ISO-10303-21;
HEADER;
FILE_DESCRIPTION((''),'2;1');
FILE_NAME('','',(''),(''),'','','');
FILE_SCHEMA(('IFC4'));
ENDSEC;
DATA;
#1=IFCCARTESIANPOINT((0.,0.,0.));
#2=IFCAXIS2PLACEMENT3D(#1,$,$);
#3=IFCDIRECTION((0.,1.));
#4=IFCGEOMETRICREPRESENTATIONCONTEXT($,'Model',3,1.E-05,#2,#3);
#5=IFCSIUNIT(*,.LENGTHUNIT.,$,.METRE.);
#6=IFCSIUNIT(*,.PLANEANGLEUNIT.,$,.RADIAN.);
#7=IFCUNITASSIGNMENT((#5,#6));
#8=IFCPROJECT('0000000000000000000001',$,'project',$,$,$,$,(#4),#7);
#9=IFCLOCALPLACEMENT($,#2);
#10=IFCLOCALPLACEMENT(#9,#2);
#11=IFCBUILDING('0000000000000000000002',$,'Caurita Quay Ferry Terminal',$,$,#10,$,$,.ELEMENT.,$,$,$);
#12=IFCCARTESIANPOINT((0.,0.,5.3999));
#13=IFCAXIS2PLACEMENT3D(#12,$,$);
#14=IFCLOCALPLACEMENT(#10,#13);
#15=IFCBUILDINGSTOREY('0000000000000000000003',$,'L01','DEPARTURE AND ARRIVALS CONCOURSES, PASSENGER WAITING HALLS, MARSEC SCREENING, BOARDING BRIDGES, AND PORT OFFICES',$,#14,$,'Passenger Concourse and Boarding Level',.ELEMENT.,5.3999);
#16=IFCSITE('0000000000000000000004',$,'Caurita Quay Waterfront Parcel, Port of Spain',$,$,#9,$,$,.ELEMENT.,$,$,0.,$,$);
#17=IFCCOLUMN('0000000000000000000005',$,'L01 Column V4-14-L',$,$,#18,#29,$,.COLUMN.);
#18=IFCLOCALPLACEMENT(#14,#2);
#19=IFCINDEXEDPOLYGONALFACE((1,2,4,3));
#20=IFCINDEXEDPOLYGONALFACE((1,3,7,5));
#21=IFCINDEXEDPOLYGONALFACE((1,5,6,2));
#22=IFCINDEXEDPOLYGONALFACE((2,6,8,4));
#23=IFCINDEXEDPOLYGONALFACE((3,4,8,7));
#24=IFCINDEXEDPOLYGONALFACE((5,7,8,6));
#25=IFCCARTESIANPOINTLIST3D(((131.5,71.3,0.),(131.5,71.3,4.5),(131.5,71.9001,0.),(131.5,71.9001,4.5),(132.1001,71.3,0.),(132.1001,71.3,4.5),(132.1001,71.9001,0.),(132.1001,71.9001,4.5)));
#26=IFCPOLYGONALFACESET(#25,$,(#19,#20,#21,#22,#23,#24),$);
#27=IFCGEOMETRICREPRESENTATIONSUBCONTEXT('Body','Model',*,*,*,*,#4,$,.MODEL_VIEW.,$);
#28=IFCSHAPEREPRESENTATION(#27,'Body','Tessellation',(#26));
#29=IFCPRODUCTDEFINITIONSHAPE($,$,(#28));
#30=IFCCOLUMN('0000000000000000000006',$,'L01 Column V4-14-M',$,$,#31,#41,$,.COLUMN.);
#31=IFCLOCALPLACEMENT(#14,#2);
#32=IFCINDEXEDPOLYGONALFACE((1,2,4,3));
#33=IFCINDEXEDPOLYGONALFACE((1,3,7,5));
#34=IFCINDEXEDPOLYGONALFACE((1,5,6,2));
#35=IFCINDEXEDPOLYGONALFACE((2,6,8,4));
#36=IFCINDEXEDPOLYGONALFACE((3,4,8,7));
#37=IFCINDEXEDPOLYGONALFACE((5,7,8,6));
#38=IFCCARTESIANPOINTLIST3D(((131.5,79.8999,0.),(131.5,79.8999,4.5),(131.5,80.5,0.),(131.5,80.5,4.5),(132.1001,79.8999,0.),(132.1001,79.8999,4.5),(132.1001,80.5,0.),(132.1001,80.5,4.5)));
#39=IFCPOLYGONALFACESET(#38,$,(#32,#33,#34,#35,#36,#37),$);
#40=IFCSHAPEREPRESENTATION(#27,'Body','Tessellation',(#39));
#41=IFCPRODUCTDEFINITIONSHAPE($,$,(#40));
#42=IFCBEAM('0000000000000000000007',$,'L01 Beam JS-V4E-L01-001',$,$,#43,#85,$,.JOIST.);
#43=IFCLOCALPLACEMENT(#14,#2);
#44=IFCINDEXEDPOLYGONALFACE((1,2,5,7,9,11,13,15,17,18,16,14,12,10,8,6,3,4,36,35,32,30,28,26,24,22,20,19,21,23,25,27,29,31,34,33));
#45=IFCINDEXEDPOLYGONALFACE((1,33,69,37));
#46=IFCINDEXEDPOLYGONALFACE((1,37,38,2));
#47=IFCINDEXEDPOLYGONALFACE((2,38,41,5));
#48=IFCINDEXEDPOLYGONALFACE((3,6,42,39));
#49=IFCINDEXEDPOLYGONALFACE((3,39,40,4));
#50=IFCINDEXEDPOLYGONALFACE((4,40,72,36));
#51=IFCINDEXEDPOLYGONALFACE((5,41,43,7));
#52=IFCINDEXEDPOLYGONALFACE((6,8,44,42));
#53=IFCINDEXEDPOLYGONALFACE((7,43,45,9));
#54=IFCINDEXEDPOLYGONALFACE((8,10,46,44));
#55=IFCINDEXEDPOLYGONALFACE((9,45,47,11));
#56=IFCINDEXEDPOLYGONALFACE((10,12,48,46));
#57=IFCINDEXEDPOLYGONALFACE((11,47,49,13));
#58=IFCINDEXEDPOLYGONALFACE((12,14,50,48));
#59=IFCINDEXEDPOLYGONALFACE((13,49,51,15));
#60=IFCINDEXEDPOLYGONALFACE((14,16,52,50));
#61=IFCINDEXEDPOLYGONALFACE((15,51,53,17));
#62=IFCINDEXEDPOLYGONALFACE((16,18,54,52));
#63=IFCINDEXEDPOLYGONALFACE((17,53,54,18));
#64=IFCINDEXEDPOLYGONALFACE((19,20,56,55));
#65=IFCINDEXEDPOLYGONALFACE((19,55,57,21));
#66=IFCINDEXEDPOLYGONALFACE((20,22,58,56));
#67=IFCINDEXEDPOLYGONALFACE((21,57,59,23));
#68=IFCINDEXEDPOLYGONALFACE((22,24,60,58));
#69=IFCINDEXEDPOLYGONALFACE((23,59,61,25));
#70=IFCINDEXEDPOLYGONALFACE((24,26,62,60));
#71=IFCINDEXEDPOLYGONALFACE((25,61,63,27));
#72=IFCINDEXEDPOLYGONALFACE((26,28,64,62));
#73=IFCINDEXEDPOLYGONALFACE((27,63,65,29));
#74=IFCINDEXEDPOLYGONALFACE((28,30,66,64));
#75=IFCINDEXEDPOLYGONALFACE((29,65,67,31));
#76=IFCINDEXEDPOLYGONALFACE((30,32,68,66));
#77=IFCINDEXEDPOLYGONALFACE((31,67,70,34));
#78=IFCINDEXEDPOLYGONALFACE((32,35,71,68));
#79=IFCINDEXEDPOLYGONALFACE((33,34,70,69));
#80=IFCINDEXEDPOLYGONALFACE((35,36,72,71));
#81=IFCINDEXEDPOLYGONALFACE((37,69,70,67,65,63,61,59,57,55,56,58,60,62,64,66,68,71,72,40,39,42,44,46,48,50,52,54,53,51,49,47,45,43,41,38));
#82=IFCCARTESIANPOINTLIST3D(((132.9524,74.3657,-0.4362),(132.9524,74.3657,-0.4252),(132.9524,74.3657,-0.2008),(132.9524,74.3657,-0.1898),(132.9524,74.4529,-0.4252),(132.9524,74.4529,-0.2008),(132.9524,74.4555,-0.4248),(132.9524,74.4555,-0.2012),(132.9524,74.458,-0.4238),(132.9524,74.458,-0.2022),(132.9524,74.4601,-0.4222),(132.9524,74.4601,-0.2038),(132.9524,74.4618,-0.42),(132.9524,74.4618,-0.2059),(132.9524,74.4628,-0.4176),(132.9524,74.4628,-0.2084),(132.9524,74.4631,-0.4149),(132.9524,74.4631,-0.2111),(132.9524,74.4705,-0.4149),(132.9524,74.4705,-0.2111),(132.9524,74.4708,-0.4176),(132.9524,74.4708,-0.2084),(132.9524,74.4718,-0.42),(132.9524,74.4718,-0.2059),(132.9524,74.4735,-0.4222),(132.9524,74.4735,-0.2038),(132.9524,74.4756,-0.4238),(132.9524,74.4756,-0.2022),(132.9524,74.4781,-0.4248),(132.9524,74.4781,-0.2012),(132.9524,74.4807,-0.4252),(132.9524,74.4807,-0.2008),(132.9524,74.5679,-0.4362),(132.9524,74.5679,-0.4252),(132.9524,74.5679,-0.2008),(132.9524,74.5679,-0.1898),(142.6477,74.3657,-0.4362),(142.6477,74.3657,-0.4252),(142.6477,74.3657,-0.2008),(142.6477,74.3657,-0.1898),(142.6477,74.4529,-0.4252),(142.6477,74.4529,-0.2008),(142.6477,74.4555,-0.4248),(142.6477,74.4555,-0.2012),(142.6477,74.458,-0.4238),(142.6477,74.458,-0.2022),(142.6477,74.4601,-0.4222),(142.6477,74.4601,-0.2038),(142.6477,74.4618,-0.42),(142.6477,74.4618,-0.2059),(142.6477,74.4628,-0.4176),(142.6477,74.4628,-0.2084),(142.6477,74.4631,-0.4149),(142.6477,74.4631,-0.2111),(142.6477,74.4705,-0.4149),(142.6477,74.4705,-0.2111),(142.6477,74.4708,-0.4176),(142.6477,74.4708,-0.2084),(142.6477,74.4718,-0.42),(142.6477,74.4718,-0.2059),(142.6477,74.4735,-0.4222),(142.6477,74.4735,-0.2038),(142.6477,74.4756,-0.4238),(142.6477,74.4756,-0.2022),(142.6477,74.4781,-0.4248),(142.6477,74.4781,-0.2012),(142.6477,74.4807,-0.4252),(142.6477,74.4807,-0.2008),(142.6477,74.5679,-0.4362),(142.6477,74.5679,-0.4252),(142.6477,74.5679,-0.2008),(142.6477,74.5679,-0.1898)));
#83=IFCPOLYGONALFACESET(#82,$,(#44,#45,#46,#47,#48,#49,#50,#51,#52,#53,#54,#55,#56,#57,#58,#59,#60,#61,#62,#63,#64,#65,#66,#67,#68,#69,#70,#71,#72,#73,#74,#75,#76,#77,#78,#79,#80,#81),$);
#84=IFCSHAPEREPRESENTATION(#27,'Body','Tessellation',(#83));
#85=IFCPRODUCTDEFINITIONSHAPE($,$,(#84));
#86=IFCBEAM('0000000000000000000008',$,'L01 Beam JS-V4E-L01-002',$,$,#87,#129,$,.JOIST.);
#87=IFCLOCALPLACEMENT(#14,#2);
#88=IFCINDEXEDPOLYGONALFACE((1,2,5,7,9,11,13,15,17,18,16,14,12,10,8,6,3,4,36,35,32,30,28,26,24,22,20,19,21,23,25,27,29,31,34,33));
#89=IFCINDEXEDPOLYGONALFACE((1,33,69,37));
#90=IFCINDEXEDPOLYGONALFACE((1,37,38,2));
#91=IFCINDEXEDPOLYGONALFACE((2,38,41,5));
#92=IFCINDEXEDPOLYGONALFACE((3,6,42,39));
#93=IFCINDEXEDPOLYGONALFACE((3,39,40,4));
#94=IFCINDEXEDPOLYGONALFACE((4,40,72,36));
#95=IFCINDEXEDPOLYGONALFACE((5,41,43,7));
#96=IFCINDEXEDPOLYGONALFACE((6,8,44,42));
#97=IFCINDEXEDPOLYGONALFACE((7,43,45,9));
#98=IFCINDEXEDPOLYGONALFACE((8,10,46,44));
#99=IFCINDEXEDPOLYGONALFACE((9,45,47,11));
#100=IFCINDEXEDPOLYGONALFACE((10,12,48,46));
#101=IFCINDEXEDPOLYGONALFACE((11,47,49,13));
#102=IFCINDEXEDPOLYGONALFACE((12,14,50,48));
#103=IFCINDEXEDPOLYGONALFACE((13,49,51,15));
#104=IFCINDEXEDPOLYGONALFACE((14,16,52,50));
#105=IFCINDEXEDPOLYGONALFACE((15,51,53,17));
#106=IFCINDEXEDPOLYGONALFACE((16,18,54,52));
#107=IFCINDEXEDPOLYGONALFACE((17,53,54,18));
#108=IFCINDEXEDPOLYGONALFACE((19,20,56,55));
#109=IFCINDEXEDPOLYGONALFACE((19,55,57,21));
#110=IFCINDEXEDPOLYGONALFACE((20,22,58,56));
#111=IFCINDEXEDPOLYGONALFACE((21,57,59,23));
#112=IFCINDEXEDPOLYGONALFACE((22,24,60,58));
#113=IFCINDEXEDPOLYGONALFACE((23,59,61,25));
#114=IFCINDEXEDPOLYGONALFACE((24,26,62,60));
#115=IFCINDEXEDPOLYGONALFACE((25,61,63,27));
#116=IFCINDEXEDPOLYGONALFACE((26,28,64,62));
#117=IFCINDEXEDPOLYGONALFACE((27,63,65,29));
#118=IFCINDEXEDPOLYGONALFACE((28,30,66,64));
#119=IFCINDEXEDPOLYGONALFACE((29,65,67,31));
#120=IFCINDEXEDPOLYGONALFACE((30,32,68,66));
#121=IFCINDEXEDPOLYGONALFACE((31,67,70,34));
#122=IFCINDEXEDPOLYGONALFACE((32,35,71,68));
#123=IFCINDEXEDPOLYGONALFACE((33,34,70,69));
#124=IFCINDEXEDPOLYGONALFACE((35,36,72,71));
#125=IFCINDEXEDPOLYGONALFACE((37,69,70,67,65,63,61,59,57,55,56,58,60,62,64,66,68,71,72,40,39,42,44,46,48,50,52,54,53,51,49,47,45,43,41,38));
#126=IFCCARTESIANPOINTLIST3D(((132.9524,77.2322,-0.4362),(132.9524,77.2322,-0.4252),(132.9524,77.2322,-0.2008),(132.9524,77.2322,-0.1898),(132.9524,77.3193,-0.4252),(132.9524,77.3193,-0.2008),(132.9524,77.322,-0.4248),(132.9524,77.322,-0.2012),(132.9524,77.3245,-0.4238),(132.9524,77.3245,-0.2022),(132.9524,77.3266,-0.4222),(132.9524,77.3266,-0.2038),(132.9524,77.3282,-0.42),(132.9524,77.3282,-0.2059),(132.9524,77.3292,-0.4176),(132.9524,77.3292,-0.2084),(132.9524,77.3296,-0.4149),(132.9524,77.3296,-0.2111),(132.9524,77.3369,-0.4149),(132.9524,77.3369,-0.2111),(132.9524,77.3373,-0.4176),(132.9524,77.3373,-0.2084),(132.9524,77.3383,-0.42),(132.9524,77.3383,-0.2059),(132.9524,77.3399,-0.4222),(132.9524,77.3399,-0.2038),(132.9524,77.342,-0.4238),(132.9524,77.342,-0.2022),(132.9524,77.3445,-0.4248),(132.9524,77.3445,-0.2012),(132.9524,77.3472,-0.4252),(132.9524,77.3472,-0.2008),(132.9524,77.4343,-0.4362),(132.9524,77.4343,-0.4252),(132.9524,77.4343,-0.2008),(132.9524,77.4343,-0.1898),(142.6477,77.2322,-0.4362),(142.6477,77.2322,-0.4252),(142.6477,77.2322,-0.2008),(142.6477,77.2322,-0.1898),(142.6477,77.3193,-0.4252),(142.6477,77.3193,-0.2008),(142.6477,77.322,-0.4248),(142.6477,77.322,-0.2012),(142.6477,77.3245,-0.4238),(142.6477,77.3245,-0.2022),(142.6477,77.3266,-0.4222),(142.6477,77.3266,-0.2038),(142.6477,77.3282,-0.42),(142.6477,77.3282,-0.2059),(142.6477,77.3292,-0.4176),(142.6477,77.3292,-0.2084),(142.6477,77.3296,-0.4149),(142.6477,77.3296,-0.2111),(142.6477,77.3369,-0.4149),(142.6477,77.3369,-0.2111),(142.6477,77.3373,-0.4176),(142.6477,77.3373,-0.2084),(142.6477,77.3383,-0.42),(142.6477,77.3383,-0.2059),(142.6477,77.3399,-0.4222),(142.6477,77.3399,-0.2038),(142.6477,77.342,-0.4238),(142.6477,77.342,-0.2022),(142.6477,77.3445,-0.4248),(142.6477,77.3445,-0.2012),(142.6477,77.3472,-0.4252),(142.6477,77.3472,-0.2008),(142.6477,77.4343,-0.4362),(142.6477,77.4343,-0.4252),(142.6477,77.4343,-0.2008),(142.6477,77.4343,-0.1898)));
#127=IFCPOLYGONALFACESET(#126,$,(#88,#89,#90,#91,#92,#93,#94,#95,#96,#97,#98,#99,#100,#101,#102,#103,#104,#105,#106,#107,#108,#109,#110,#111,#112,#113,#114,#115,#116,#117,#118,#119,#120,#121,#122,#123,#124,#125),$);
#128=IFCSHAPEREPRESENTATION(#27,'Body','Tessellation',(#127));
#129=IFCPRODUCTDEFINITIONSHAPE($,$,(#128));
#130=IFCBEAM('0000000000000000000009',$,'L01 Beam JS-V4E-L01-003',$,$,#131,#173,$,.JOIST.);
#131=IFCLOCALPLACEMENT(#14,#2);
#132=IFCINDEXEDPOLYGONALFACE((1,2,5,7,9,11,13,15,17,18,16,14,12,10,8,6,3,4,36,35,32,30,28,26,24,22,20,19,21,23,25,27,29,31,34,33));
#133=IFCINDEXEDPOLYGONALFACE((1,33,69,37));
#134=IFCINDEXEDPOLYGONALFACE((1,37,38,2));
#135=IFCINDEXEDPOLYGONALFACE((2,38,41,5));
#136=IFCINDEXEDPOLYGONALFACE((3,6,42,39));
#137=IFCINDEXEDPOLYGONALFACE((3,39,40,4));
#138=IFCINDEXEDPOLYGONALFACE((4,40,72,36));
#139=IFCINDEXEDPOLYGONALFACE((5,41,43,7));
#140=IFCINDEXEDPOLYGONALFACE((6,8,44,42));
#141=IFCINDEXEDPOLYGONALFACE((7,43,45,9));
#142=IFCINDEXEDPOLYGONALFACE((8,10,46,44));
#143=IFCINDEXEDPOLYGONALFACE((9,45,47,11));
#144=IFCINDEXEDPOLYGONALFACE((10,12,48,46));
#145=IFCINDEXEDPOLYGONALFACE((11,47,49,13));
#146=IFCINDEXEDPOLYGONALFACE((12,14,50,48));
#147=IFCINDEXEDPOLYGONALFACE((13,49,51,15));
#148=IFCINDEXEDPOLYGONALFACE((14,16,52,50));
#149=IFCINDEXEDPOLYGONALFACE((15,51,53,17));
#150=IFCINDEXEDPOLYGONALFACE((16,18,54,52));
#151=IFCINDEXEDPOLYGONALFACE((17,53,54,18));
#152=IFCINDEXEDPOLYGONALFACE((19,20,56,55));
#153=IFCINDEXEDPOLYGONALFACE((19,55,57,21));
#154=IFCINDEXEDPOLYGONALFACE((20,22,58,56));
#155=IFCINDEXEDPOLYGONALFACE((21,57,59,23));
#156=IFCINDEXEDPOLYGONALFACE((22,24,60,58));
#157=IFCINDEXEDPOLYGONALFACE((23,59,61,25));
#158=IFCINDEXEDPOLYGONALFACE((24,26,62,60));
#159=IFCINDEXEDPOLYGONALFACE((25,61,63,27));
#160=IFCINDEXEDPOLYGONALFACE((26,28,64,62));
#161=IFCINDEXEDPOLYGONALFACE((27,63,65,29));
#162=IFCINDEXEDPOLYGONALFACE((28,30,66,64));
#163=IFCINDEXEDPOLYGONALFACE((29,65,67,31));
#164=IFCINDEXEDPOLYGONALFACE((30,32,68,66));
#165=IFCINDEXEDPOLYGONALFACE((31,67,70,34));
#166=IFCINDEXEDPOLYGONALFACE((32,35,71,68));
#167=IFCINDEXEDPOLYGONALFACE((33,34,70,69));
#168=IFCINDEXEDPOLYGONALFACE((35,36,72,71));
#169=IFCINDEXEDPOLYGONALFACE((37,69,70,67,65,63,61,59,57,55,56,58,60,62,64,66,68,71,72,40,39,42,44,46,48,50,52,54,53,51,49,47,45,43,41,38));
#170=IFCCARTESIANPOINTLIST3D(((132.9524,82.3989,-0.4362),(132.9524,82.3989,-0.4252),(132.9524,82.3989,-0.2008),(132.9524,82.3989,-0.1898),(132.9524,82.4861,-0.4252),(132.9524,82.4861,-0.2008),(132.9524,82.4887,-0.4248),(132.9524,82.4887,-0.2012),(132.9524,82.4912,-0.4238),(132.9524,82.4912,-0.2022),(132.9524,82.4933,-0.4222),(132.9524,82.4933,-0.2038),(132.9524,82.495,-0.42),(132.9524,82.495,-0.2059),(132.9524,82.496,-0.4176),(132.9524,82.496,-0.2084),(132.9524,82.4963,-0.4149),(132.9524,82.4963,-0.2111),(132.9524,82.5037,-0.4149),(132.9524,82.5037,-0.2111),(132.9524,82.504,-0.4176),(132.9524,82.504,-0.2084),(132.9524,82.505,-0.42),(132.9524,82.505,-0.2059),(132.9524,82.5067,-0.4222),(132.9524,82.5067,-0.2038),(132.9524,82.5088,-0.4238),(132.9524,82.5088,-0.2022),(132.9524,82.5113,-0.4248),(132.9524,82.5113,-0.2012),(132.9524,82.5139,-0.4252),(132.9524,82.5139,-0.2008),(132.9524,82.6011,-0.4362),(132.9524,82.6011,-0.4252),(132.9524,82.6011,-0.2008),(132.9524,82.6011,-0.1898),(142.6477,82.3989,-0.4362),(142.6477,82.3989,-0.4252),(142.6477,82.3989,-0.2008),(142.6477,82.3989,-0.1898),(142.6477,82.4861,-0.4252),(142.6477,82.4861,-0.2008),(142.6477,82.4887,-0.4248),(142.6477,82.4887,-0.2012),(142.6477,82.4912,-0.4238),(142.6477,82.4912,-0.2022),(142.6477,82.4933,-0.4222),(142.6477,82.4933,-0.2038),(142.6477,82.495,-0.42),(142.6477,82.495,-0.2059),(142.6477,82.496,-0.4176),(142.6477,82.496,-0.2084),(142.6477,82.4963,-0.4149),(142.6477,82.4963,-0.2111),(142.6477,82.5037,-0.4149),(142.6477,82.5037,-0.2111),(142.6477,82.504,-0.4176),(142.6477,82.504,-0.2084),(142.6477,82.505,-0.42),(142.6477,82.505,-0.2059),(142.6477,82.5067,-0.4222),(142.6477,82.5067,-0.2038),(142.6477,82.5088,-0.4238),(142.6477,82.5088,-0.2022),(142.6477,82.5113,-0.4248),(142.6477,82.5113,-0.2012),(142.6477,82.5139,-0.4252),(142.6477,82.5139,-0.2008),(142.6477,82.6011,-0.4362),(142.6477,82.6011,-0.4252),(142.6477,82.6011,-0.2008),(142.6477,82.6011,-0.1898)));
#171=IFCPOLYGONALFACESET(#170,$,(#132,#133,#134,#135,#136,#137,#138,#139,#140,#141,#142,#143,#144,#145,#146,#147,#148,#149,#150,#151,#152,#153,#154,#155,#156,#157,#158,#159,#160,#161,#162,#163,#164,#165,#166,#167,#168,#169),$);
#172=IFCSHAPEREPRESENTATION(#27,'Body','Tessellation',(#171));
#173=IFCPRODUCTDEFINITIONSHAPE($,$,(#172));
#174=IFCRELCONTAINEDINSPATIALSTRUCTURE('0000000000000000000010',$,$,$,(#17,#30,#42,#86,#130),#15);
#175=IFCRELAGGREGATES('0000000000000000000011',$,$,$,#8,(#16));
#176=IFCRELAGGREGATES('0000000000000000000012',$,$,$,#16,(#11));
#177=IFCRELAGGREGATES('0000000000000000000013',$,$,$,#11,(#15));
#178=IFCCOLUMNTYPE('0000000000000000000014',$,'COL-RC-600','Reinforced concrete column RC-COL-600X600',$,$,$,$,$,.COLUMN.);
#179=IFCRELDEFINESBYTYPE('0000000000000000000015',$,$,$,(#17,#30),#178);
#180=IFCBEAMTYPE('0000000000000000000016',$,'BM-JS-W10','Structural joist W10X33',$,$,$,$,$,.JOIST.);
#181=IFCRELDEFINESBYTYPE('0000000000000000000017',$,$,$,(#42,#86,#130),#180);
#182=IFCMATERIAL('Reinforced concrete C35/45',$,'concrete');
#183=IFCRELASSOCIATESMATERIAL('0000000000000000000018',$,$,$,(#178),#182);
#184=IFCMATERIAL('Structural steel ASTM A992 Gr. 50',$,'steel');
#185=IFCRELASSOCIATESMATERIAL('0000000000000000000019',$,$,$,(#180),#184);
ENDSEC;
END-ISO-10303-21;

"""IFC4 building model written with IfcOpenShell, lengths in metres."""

from ifc_helpers import new_model, si_unit, direction, frame, origin, origin_2d, place, context, subcontext, project, spatial, rectangle, i_section, extrude, material, material_profile, profile_set, type_object, element, save


model = new_model("IFC4")

# Units and contexts
model_context = context("Model", 3, precision=1e-05, world=origin(), true_north=direction((0.0, 1.0)))
body_context = subcontext(model_context, "Body", "Model", "MODEL_VIEW")
ifc_project = project(units=[si_unit("LENGTHUNIT", "METRE"), si_unit("PLANEANGLEUNIT", "RADIAN")], contexts=[model_context])

# Site, building, storey
site_placement = place(None, origin())
site = spatial("IfcSite", under=ifc_project, at=site_placement, Name="Caurita Quay Waterfront Parcel, Port of Spain", CompositionType="ELEMENT", RefElevation=0.0)
building_placement = place(site_placement, origin())
building = spatial("IfcBuilding", under=site, at=building_placement, Name="Caurita Quay Ferry Terminal", CompositionType="ELEMENT")
storey_placement = place(building_placement, frame((0.0, 0.0, 5.3999)))
storey = spatial("IfcBuildingStorey", under=building, at=storey_placement, Name="L01", Description="DEPARTURE AND ARRIVALS CONCOURSES, PASSENGER WAITING HALLS, MARSEC SCREENING, BOARDING BRIDGES, AND PORT OFFICES", LongName="Passenger Concourse and Boarding Level", CompositionType="ELEMENT", Elevation=5.3999)

# Columns
ifc_material_1 = material(Name="Reinforced concrete C35/45", Category="concrete")
ifc_material_profile_1 = material_profile(ifc_material_1, rectangle(XDim=0.6001, YDim=0.6001, at=origin_2d()), Name="RC-COL-600X600")
ifc_profile_set_1 = profile_set([ifc_material_profile_1], Name="Reinforced concrete C35/45")
column_type = type_object("IfcColumnType", Name="COL-RC-600", Description="Reinforced concrete column RC-COL-600X600", PredefinedType="COLUMN", material=ifc_profile_set_1)
for number, where, z_axis, x_axis, name in (
    (1, (131.8, 71.6001, 0.0), (0.0, 0.0, 1.0), (1.0, 0.0, 0.0), "L01 Column V4-14-L"),
    (2, (131.8, 80.2, 0.0), (0.0, 0.0, 1.0), (1.0, 0.0, 0.0), "L01 Column V4-14-M"),
):
    element("IfcColumn", number, at=place(storey_placement, frame(where, z_axis=z_axis, x_axis=x_axis)), inside=storey, type_object=column_type, Name=name, PredefinedType="COLUMN", context=body_context, shape_type="SweptSolid", body=[
        extrude(rectangle(XDim=0.6001, YDim=0.6001, at=origin_2d()), origin(), (0.0, 0.0, 1.0), 4.5),
    ])

# Beams
ifc_material_2 = material(Name="Structural steel ASTM A992 Gr. 50", Category="steel")
ifc_material_profile_2 = material_profile(ifc_material_2, i_section(OverallWidth=0.2021, OverallDepth=0.2463, WebThickness=0.0073, FlangeThickness=0.011, FilletRadius=0.0103, at=origin_2d()), Name="W10X33")
ifc_profile_set_2 = profile_set([ifc_material_profile_2], Name="Structural steel ASTM A992 Gr. 50")
beam_type_1 = type_object("IfcBeamType", Name="BM-JS-W10", Description="Structural joist W10X33", PredefinedType="JOIST", material=ifc_profile_set_2)
for number, where, z_axis, x_axis, name in (
    (3, (132.9524, 74.4668, -0.313), (1.0, 0.0, 0.0), (0.0, 1.0, 0.0), "L01 Beam JS-V4E-L01-001"),
    (4, (132.9524, 77.3333, -0.313), (1.0, 0.0, 0.0), (0.0, 1.0, 0.0), "L01 Beam JS-V4E-L01-002"),
    (5, (132.9524, 82.5, -0.313), (1.0, 0.0, 0.0), (0.0, 1.0, 0.0), "L01 Beam JS-V4E-L01-003"),
):
    element("IfcBeam", number, at=place(storey_placement, frame(where, z_axis=z_axis, x_axis=x_axis)), inside=storey, type_object=beam_type_1, Name=name, PredefinedType="JOIST", context=body_context, shape_type="SweptSolid", body=[
        extrude(i_section(OverallWidth=0.2021, OverallDepth=0.2463, WebThickness=0.0073, FlangeThickness=0.011, FilletRadius=0.0103, at=origin_2d()), origin(), (0.0, 0.0, 1.0), 9.6953),
    ])

save(model, "model.ifc")
